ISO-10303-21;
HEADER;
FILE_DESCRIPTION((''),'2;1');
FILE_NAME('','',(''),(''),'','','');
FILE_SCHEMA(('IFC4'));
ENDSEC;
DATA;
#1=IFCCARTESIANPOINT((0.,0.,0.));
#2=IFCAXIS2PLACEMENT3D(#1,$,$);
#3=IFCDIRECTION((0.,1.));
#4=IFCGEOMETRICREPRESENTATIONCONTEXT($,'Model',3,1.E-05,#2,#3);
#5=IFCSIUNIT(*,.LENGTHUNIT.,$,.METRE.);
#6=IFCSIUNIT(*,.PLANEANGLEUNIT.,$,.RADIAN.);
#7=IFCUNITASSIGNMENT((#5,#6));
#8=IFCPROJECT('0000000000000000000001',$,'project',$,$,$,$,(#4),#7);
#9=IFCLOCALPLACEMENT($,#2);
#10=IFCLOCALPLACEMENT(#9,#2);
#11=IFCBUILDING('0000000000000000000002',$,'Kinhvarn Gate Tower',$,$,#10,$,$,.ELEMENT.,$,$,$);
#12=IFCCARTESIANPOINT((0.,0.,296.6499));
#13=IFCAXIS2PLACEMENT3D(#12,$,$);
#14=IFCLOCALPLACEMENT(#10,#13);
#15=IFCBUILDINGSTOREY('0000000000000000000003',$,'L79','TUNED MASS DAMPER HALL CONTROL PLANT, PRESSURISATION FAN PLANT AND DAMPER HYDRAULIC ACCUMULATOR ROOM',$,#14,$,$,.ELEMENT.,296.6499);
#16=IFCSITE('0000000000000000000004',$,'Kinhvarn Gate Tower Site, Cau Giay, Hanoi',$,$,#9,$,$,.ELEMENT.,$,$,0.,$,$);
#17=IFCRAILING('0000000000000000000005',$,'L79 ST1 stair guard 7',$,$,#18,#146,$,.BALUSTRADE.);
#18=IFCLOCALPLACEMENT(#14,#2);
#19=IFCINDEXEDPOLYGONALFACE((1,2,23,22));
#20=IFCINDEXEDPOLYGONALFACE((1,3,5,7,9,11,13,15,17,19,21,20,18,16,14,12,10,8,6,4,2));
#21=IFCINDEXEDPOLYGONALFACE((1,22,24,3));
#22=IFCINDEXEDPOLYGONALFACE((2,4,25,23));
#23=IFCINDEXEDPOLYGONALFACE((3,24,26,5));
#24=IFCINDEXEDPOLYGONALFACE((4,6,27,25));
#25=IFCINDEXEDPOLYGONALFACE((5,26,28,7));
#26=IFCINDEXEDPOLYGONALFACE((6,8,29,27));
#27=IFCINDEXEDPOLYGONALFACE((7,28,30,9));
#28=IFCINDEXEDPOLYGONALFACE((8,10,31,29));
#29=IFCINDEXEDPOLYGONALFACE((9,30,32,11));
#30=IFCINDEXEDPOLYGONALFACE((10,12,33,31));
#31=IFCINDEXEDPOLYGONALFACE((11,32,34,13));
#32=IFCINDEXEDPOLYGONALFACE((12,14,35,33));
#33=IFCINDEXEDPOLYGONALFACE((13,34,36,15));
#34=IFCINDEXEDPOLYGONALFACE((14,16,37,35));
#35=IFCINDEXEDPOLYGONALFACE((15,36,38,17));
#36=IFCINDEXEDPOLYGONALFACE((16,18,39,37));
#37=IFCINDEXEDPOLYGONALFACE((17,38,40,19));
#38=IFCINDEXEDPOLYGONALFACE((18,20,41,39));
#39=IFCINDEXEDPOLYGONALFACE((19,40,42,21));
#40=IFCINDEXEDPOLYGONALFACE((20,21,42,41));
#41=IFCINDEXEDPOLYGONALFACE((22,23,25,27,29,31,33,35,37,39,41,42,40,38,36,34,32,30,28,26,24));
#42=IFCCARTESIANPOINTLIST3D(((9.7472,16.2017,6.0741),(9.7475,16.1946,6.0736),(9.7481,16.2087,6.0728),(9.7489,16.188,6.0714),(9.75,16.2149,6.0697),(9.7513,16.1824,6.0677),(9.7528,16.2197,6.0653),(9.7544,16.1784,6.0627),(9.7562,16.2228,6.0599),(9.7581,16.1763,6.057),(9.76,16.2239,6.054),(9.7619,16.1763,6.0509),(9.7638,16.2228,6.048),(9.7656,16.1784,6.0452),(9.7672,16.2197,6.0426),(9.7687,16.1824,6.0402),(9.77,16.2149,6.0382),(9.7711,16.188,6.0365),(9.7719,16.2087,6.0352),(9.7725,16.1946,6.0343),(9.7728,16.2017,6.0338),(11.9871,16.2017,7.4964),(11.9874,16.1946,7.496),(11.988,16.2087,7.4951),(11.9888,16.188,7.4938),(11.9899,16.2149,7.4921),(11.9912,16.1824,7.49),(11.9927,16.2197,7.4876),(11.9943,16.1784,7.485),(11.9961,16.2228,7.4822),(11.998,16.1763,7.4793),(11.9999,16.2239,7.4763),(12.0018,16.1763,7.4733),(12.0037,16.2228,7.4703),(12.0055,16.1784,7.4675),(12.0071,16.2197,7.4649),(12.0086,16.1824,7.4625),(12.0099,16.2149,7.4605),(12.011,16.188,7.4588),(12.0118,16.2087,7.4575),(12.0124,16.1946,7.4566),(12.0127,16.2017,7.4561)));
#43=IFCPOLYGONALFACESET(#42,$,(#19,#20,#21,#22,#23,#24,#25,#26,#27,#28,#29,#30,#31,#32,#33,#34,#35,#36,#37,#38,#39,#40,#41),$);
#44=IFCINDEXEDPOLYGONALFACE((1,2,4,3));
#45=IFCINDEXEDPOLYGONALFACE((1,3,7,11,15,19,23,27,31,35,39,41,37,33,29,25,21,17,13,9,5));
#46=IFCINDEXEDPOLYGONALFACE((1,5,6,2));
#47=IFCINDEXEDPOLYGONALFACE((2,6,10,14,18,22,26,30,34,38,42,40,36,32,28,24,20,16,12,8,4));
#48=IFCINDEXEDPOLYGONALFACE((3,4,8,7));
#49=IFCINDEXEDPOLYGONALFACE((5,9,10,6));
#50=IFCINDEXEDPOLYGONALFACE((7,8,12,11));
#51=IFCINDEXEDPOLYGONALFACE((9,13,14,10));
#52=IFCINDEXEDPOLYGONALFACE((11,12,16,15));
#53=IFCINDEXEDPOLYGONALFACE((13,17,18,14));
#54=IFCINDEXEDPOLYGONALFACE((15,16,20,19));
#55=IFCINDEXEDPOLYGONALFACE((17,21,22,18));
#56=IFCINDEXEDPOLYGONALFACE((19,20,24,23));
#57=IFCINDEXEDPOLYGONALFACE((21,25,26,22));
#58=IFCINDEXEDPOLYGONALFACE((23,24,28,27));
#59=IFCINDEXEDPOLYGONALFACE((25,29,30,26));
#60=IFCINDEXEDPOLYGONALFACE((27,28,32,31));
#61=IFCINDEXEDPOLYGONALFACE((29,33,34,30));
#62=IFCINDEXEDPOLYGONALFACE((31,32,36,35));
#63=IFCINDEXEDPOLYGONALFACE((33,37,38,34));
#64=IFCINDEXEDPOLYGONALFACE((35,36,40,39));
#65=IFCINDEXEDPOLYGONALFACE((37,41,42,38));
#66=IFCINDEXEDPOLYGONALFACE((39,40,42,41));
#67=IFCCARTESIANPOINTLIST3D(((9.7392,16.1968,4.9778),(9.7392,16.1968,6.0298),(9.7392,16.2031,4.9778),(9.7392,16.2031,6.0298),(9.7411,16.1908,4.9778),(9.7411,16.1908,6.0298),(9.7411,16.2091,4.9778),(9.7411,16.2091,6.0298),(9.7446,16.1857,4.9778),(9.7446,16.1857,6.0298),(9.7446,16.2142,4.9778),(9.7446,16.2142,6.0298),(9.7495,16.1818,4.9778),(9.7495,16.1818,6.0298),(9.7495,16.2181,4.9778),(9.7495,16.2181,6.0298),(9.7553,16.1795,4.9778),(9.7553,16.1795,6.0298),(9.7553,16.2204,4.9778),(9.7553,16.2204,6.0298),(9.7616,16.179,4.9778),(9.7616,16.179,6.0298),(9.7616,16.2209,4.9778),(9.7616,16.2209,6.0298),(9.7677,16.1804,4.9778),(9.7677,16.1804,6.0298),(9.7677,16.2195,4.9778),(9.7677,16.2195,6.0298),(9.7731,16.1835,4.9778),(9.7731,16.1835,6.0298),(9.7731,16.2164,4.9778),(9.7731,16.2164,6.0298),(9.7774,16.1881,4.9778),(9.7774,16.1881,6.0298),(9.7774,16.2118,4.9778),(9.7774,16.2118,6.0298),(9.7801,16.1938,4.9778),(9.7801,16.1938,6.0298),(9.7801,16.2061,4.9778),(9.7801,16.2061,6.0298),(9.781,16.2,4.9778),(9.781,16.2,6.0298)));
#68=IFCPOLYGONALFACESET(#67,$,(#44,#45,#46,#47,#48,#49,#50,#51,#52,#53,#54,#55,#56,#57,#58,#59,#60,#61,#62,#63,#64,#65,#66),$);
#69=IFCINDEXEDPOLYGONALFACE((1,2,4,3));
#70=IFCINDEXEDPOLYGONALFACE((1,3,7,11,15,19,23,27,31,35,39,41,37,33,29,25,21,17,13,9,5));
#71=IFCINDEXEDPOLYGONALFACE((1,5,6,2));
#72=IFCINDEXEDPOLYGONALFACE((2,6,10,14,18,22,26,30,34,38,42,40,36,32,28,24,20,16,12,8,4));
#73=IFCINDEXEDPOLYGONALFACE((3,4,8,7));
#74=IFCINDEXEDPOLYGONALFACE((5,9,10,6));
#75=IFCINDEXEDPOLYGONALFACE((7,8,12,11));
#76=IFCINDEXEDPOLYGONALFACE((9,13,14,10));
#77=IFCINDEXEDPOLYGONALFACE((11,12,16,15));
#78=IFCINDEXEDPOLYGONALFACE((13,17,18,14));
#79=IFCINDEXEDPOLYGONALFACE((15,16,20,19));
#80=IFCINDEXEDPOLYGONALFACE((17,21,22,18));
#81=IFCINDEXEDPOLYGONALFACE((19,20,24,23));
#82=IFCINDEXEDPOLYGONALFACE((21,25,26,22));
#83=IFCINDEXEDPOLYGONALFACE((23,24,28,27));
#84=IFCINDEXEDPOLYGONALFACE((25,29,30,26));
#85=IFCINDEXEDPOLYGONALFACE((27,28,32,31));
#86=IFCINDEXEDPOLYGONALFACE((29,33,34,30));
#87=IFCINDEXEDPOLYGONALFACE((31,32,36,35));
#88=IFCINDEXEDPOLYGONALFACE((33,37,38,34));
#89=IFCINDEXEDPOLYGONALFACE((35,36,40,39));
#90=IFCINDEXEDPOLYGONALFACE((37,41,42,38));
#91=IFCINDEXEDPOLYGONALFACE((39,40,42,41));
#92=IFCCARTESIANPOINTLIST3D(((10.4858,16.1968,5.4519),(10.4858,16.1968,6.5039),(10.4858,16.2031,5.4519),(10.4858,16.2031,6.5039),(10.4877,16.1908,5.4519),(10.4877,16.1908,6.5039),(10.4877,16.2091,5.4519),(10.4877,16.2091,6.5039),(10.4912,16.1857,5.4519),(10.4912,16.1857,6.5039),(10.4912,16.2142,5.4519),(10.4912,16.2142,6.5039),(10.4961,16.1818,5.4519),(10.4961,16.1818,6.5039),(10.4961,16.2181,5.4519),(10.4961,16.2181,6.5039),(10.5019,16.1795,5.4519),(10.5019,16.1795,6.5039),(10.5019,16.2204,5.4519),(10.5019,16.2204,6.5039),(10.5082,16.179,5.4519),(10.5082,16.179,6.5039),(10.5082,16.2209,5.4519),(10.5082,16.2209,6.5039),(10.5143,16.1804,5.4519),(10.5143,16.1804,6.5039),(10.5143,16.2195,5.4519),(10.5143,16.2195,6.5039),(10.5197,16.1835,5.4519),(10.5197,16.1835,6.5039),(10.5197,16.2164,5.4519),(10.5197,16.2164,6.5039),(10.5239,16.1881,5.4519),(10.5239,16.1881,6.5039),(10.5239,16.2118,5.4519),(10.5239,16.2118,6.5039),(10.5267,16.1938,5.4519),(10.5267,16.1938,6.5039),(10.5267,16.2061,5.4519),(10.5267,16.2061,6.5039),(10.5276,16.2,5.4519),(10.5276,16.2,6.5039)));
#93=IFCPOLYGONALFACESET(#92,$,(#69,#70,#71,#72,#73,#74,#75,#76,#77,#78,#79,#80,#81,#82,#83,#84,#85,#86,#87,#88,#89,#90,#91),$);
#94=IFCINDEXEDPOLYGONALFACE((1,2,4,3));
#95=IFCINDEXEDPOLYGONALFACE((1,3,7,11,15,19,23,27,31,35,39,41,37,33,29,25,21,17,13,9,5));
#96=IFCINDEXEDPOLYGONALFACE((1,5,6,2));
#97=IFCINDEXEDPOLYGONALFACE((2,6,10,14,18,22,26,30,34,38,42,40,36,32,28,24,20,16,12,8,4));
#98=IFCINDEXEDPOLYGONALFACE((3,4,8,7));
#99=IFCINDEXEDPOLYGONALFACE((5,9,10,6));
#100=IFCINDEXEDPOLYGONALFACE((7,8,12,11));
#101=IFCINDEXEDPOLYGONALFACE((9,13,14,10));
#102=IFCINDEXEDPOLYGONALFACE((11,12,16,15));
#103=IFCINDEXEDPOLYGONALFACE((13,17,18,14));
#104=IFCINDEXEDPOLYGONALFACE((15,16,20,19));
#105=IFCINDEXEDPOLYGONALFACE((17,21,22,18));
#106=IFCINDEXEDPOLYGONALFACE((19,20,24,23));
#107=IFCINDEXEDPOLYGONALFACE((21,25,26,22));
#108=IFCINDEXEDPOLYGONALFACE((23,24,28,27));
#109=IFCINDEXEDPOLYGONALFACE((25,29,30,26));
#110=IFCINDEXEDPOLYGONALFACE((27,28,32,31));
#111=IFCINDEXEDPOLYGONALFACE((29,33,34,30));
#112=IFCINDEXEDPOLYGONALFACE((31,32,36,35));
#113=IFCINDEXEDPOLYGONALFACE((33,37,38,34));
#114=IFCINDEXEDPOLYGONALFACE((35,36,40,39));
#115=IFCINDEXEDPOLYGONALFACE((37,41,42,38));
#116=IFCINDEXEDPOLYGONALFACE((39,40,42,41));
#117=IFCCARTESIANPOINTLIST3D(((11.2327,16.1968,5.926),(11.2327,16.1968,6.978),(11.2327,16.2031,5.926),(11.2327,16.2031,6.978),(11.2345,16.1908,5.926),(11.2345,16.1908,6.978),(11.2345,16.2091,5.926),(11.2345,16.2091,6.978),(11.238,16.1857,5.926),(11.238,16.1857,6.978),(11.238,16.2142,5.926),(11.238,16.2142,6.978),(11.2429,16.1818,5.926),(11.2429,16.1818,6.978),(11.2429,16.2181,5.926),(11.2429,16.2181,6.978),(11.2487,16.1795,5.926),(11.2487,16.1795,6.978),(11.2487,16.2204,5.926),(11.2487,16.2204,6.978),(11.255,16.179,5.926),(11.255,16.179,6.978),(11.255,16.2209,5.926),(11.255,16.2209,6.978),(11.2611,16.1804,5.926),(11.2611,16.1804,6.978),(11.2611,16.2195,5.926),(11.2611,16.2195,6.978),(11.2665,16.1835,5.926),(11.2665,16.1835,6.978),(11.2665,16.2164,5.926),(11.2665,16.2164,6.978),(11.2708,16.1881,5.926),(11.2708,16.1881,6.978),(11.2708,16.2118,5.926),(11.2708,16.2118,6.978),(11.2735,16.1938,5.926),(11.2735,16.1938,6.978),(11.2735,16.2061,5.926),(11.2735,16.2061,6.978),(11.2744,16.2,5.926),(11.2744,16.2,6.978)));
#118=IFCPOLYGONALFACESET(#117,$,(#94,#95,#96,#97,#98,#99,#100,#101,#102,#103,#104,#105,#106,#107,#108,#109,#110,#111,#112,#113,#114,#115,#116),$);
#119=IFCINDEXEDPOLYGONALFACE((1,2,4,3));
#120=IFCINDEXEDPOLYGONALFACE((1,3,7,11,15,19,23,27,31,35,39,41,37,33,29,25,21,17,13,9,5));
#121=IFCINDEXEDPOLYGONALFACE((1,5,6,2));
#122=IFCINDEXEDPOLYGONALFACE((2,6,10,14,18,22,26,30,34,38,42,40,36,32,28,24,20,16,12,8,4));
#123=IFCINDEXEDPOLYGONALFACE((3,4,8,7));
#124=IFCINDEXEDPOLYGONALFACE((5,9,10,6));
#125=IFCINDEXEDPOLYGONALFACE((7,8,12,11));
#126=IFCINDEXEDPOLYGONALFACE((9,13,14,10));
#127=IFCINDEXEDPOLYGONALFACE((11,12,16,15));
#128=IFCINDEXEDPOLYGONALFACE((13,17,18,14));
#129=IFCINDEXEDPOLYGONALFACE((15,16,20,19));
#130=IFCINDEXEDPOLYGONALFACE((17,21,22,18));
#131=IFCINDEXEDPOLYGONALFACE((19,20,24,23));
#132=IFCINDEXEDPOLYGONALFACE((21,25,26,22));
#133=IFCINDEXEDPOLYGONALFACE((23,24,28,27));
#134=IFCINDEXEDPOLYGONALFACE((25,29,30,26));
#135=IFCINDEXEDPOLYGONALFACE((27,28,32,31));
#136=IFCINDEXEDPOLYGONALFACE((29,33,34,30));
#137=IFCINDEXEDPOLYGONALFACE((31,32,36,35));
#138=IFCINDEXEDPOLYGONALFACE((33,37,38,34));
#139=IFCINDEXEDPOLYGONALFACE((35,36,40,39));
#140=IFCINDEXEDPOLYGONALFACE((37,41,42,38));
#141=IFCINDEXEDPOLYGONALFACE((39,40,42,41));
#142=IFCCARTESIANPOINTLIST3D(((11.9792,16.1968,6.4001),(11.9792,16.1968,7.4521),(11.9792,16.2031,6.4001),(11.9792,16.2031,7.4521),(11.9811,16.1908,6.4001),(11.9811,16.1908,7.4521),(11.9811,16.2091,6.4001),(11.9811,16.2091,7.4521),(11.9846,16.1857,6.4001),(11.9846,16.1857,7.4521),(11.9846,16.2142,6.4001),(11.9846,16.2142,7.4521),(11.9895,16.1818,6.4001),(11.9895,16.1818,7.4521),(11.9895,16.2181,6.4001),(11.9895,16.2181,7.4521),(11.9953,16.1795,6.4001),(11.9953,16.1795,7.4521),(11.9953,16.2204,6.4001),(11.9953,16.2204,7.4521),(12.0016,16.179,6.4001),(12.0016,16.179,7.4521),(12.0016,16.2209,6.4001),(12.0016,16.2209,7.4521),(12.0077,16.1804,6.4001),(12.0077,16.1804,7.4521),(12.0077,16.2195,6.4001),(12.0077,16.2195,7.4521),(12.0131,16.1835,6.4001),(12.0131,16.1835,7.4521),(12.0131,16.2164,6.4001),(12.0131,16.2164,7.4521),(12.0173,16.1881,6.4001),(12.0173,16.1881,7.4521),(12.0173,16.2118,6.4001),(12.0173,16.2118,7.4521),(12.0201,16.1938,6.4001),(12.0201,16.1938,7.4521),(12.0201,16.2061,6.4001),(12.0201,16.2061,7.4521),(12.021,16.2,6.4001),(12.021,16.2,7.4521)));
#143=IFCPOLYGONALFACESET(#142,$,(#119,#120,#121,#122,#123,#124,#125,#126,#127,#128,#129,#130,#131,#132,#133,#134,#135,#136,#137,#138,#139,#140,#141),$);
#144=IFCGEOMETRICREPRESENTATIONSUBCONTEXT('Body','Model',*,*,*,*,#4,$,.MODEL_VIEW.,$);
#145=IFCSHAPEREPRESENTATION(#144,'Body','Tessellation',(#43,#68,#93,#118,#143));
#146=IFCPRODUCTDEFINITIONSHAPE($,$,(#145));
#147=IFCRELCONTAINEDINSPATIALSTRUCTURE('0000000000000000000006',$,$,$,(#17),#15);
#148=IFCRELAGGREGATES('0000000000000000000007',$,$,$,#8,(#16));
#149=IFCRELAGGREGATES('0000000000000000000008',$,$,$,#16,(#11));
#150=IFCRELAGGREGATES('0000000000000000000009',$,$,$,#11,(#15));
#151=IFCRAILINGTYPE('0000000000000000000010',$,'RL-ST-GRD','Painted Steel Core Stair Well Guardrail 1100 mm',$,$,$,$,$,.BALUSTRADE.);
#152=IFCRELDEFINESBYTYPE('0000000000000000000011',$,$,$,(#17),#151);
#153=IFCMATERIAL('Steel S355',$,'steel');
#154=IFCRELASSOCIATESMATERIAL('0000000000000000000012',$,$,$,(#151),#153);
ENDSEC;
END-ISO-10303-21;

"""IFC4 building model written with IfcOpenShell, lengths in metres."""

from ifc_helpers import new_model, si_unit, direction, frame, origin, origin_2d, place, context, subcontext, project, spatial, circle, extrude, material, type_object, element, save


model = new_model("IFC4")

# Units and contexts
model_context = context("Model", 3, precision=1e-05, world=origin(), true_north=direction((0.0, 1.0)))
body_context = subcontext(model_context, "Body", "Model", "MODEL_VIEW")
ifc_project = project(units=[si_unit("LENGTHUNIT", "METRE"), si_unit("PLANEANGLEUNIT", "RADIAN")], contexts=[model_context])

# Site, building, storey
site_placement = place(None, origin())
site = spatial("IfcSite", under=ifc_project, at=site_placement, Name="Kinhvarn Gate Tower Site, Cau Giay, Hanoi", CompositionType="ELEMENT", RefElevation=0.0)
building_placement = place(site_placement, origin())
building = spatial("IfcBuilding", under=site, at=building_placement, Name="Kinhvarn Gate Tower", CompositionType="ELEMENT")
storey_placement = place(building_placement, frame((0.0, 0.0, 296.6499)))
storey = spatial("IfcBuildingStorey", under=building, at=storey_placement, Name="L79", Description="TUNED MASS DAMPER HALL CONTROL PLANT, PRESSURISATION FAN PLANT AND DAMPER HYDRAULIC ACCUMULATOR ROOM", CompositionType="ELEMENT", Elevation=296.6499)

# Shared definitions
ifc_material_1 = material(Name="Steel S355", Category="steel")

# Railing
railing_type_1 = type_object("IfcRailingType", Name="RL-ST-GRD", Description="Painted Steel Core Stair Well Guardrail 1100 mm", PredefinedType="BALUSTRADE", material=ifc_material_1)
railing_1_placement = place(storey_placement, frame((9.76, 16.2, 4.9778)))
element("IfcRailing", 1, at=railing_1_placement, inside=storey, type_object=railing_type_1, Name="L79 ST1 stair guard 7", PredefinedType="BALUSTRADE", context=body_context, shape_type="SweptSolid", body=[
    extrude(circle(Radius=0.0239, at=origin_2d()), frame((0.0, 0.0, 1.0762), z_axis=(0.844188, 0.0, 0.536048), x_axis=(0.0, 1.0, 0.0)), (0.0, 0.0, 1.0), 2.6533),
    extrude(circle(Radius=0.021, at=origin_2d()), origin(), (0.0, 0.0, 1.0), 1.052),
    extrude(circle(Radius=0.021, at=origin_2d()), frame((0.7466, 0.0, 0.4741)), (0.0, 0.0, 1.0), 1.052),
    extrude(circle(Radius=0.021, at=origin_2d()), frame((1.4934, 0.0, 0.9482)), (0.0, 0.0, 1.0), 1.052),
    extrude(circle(Radius=0.021, at=origin_2d()), frame((2.24, 0.0, 1.4224)), (0.0, 0.0, 1.0), 1.052),
])

save(model, "model.ifc")
